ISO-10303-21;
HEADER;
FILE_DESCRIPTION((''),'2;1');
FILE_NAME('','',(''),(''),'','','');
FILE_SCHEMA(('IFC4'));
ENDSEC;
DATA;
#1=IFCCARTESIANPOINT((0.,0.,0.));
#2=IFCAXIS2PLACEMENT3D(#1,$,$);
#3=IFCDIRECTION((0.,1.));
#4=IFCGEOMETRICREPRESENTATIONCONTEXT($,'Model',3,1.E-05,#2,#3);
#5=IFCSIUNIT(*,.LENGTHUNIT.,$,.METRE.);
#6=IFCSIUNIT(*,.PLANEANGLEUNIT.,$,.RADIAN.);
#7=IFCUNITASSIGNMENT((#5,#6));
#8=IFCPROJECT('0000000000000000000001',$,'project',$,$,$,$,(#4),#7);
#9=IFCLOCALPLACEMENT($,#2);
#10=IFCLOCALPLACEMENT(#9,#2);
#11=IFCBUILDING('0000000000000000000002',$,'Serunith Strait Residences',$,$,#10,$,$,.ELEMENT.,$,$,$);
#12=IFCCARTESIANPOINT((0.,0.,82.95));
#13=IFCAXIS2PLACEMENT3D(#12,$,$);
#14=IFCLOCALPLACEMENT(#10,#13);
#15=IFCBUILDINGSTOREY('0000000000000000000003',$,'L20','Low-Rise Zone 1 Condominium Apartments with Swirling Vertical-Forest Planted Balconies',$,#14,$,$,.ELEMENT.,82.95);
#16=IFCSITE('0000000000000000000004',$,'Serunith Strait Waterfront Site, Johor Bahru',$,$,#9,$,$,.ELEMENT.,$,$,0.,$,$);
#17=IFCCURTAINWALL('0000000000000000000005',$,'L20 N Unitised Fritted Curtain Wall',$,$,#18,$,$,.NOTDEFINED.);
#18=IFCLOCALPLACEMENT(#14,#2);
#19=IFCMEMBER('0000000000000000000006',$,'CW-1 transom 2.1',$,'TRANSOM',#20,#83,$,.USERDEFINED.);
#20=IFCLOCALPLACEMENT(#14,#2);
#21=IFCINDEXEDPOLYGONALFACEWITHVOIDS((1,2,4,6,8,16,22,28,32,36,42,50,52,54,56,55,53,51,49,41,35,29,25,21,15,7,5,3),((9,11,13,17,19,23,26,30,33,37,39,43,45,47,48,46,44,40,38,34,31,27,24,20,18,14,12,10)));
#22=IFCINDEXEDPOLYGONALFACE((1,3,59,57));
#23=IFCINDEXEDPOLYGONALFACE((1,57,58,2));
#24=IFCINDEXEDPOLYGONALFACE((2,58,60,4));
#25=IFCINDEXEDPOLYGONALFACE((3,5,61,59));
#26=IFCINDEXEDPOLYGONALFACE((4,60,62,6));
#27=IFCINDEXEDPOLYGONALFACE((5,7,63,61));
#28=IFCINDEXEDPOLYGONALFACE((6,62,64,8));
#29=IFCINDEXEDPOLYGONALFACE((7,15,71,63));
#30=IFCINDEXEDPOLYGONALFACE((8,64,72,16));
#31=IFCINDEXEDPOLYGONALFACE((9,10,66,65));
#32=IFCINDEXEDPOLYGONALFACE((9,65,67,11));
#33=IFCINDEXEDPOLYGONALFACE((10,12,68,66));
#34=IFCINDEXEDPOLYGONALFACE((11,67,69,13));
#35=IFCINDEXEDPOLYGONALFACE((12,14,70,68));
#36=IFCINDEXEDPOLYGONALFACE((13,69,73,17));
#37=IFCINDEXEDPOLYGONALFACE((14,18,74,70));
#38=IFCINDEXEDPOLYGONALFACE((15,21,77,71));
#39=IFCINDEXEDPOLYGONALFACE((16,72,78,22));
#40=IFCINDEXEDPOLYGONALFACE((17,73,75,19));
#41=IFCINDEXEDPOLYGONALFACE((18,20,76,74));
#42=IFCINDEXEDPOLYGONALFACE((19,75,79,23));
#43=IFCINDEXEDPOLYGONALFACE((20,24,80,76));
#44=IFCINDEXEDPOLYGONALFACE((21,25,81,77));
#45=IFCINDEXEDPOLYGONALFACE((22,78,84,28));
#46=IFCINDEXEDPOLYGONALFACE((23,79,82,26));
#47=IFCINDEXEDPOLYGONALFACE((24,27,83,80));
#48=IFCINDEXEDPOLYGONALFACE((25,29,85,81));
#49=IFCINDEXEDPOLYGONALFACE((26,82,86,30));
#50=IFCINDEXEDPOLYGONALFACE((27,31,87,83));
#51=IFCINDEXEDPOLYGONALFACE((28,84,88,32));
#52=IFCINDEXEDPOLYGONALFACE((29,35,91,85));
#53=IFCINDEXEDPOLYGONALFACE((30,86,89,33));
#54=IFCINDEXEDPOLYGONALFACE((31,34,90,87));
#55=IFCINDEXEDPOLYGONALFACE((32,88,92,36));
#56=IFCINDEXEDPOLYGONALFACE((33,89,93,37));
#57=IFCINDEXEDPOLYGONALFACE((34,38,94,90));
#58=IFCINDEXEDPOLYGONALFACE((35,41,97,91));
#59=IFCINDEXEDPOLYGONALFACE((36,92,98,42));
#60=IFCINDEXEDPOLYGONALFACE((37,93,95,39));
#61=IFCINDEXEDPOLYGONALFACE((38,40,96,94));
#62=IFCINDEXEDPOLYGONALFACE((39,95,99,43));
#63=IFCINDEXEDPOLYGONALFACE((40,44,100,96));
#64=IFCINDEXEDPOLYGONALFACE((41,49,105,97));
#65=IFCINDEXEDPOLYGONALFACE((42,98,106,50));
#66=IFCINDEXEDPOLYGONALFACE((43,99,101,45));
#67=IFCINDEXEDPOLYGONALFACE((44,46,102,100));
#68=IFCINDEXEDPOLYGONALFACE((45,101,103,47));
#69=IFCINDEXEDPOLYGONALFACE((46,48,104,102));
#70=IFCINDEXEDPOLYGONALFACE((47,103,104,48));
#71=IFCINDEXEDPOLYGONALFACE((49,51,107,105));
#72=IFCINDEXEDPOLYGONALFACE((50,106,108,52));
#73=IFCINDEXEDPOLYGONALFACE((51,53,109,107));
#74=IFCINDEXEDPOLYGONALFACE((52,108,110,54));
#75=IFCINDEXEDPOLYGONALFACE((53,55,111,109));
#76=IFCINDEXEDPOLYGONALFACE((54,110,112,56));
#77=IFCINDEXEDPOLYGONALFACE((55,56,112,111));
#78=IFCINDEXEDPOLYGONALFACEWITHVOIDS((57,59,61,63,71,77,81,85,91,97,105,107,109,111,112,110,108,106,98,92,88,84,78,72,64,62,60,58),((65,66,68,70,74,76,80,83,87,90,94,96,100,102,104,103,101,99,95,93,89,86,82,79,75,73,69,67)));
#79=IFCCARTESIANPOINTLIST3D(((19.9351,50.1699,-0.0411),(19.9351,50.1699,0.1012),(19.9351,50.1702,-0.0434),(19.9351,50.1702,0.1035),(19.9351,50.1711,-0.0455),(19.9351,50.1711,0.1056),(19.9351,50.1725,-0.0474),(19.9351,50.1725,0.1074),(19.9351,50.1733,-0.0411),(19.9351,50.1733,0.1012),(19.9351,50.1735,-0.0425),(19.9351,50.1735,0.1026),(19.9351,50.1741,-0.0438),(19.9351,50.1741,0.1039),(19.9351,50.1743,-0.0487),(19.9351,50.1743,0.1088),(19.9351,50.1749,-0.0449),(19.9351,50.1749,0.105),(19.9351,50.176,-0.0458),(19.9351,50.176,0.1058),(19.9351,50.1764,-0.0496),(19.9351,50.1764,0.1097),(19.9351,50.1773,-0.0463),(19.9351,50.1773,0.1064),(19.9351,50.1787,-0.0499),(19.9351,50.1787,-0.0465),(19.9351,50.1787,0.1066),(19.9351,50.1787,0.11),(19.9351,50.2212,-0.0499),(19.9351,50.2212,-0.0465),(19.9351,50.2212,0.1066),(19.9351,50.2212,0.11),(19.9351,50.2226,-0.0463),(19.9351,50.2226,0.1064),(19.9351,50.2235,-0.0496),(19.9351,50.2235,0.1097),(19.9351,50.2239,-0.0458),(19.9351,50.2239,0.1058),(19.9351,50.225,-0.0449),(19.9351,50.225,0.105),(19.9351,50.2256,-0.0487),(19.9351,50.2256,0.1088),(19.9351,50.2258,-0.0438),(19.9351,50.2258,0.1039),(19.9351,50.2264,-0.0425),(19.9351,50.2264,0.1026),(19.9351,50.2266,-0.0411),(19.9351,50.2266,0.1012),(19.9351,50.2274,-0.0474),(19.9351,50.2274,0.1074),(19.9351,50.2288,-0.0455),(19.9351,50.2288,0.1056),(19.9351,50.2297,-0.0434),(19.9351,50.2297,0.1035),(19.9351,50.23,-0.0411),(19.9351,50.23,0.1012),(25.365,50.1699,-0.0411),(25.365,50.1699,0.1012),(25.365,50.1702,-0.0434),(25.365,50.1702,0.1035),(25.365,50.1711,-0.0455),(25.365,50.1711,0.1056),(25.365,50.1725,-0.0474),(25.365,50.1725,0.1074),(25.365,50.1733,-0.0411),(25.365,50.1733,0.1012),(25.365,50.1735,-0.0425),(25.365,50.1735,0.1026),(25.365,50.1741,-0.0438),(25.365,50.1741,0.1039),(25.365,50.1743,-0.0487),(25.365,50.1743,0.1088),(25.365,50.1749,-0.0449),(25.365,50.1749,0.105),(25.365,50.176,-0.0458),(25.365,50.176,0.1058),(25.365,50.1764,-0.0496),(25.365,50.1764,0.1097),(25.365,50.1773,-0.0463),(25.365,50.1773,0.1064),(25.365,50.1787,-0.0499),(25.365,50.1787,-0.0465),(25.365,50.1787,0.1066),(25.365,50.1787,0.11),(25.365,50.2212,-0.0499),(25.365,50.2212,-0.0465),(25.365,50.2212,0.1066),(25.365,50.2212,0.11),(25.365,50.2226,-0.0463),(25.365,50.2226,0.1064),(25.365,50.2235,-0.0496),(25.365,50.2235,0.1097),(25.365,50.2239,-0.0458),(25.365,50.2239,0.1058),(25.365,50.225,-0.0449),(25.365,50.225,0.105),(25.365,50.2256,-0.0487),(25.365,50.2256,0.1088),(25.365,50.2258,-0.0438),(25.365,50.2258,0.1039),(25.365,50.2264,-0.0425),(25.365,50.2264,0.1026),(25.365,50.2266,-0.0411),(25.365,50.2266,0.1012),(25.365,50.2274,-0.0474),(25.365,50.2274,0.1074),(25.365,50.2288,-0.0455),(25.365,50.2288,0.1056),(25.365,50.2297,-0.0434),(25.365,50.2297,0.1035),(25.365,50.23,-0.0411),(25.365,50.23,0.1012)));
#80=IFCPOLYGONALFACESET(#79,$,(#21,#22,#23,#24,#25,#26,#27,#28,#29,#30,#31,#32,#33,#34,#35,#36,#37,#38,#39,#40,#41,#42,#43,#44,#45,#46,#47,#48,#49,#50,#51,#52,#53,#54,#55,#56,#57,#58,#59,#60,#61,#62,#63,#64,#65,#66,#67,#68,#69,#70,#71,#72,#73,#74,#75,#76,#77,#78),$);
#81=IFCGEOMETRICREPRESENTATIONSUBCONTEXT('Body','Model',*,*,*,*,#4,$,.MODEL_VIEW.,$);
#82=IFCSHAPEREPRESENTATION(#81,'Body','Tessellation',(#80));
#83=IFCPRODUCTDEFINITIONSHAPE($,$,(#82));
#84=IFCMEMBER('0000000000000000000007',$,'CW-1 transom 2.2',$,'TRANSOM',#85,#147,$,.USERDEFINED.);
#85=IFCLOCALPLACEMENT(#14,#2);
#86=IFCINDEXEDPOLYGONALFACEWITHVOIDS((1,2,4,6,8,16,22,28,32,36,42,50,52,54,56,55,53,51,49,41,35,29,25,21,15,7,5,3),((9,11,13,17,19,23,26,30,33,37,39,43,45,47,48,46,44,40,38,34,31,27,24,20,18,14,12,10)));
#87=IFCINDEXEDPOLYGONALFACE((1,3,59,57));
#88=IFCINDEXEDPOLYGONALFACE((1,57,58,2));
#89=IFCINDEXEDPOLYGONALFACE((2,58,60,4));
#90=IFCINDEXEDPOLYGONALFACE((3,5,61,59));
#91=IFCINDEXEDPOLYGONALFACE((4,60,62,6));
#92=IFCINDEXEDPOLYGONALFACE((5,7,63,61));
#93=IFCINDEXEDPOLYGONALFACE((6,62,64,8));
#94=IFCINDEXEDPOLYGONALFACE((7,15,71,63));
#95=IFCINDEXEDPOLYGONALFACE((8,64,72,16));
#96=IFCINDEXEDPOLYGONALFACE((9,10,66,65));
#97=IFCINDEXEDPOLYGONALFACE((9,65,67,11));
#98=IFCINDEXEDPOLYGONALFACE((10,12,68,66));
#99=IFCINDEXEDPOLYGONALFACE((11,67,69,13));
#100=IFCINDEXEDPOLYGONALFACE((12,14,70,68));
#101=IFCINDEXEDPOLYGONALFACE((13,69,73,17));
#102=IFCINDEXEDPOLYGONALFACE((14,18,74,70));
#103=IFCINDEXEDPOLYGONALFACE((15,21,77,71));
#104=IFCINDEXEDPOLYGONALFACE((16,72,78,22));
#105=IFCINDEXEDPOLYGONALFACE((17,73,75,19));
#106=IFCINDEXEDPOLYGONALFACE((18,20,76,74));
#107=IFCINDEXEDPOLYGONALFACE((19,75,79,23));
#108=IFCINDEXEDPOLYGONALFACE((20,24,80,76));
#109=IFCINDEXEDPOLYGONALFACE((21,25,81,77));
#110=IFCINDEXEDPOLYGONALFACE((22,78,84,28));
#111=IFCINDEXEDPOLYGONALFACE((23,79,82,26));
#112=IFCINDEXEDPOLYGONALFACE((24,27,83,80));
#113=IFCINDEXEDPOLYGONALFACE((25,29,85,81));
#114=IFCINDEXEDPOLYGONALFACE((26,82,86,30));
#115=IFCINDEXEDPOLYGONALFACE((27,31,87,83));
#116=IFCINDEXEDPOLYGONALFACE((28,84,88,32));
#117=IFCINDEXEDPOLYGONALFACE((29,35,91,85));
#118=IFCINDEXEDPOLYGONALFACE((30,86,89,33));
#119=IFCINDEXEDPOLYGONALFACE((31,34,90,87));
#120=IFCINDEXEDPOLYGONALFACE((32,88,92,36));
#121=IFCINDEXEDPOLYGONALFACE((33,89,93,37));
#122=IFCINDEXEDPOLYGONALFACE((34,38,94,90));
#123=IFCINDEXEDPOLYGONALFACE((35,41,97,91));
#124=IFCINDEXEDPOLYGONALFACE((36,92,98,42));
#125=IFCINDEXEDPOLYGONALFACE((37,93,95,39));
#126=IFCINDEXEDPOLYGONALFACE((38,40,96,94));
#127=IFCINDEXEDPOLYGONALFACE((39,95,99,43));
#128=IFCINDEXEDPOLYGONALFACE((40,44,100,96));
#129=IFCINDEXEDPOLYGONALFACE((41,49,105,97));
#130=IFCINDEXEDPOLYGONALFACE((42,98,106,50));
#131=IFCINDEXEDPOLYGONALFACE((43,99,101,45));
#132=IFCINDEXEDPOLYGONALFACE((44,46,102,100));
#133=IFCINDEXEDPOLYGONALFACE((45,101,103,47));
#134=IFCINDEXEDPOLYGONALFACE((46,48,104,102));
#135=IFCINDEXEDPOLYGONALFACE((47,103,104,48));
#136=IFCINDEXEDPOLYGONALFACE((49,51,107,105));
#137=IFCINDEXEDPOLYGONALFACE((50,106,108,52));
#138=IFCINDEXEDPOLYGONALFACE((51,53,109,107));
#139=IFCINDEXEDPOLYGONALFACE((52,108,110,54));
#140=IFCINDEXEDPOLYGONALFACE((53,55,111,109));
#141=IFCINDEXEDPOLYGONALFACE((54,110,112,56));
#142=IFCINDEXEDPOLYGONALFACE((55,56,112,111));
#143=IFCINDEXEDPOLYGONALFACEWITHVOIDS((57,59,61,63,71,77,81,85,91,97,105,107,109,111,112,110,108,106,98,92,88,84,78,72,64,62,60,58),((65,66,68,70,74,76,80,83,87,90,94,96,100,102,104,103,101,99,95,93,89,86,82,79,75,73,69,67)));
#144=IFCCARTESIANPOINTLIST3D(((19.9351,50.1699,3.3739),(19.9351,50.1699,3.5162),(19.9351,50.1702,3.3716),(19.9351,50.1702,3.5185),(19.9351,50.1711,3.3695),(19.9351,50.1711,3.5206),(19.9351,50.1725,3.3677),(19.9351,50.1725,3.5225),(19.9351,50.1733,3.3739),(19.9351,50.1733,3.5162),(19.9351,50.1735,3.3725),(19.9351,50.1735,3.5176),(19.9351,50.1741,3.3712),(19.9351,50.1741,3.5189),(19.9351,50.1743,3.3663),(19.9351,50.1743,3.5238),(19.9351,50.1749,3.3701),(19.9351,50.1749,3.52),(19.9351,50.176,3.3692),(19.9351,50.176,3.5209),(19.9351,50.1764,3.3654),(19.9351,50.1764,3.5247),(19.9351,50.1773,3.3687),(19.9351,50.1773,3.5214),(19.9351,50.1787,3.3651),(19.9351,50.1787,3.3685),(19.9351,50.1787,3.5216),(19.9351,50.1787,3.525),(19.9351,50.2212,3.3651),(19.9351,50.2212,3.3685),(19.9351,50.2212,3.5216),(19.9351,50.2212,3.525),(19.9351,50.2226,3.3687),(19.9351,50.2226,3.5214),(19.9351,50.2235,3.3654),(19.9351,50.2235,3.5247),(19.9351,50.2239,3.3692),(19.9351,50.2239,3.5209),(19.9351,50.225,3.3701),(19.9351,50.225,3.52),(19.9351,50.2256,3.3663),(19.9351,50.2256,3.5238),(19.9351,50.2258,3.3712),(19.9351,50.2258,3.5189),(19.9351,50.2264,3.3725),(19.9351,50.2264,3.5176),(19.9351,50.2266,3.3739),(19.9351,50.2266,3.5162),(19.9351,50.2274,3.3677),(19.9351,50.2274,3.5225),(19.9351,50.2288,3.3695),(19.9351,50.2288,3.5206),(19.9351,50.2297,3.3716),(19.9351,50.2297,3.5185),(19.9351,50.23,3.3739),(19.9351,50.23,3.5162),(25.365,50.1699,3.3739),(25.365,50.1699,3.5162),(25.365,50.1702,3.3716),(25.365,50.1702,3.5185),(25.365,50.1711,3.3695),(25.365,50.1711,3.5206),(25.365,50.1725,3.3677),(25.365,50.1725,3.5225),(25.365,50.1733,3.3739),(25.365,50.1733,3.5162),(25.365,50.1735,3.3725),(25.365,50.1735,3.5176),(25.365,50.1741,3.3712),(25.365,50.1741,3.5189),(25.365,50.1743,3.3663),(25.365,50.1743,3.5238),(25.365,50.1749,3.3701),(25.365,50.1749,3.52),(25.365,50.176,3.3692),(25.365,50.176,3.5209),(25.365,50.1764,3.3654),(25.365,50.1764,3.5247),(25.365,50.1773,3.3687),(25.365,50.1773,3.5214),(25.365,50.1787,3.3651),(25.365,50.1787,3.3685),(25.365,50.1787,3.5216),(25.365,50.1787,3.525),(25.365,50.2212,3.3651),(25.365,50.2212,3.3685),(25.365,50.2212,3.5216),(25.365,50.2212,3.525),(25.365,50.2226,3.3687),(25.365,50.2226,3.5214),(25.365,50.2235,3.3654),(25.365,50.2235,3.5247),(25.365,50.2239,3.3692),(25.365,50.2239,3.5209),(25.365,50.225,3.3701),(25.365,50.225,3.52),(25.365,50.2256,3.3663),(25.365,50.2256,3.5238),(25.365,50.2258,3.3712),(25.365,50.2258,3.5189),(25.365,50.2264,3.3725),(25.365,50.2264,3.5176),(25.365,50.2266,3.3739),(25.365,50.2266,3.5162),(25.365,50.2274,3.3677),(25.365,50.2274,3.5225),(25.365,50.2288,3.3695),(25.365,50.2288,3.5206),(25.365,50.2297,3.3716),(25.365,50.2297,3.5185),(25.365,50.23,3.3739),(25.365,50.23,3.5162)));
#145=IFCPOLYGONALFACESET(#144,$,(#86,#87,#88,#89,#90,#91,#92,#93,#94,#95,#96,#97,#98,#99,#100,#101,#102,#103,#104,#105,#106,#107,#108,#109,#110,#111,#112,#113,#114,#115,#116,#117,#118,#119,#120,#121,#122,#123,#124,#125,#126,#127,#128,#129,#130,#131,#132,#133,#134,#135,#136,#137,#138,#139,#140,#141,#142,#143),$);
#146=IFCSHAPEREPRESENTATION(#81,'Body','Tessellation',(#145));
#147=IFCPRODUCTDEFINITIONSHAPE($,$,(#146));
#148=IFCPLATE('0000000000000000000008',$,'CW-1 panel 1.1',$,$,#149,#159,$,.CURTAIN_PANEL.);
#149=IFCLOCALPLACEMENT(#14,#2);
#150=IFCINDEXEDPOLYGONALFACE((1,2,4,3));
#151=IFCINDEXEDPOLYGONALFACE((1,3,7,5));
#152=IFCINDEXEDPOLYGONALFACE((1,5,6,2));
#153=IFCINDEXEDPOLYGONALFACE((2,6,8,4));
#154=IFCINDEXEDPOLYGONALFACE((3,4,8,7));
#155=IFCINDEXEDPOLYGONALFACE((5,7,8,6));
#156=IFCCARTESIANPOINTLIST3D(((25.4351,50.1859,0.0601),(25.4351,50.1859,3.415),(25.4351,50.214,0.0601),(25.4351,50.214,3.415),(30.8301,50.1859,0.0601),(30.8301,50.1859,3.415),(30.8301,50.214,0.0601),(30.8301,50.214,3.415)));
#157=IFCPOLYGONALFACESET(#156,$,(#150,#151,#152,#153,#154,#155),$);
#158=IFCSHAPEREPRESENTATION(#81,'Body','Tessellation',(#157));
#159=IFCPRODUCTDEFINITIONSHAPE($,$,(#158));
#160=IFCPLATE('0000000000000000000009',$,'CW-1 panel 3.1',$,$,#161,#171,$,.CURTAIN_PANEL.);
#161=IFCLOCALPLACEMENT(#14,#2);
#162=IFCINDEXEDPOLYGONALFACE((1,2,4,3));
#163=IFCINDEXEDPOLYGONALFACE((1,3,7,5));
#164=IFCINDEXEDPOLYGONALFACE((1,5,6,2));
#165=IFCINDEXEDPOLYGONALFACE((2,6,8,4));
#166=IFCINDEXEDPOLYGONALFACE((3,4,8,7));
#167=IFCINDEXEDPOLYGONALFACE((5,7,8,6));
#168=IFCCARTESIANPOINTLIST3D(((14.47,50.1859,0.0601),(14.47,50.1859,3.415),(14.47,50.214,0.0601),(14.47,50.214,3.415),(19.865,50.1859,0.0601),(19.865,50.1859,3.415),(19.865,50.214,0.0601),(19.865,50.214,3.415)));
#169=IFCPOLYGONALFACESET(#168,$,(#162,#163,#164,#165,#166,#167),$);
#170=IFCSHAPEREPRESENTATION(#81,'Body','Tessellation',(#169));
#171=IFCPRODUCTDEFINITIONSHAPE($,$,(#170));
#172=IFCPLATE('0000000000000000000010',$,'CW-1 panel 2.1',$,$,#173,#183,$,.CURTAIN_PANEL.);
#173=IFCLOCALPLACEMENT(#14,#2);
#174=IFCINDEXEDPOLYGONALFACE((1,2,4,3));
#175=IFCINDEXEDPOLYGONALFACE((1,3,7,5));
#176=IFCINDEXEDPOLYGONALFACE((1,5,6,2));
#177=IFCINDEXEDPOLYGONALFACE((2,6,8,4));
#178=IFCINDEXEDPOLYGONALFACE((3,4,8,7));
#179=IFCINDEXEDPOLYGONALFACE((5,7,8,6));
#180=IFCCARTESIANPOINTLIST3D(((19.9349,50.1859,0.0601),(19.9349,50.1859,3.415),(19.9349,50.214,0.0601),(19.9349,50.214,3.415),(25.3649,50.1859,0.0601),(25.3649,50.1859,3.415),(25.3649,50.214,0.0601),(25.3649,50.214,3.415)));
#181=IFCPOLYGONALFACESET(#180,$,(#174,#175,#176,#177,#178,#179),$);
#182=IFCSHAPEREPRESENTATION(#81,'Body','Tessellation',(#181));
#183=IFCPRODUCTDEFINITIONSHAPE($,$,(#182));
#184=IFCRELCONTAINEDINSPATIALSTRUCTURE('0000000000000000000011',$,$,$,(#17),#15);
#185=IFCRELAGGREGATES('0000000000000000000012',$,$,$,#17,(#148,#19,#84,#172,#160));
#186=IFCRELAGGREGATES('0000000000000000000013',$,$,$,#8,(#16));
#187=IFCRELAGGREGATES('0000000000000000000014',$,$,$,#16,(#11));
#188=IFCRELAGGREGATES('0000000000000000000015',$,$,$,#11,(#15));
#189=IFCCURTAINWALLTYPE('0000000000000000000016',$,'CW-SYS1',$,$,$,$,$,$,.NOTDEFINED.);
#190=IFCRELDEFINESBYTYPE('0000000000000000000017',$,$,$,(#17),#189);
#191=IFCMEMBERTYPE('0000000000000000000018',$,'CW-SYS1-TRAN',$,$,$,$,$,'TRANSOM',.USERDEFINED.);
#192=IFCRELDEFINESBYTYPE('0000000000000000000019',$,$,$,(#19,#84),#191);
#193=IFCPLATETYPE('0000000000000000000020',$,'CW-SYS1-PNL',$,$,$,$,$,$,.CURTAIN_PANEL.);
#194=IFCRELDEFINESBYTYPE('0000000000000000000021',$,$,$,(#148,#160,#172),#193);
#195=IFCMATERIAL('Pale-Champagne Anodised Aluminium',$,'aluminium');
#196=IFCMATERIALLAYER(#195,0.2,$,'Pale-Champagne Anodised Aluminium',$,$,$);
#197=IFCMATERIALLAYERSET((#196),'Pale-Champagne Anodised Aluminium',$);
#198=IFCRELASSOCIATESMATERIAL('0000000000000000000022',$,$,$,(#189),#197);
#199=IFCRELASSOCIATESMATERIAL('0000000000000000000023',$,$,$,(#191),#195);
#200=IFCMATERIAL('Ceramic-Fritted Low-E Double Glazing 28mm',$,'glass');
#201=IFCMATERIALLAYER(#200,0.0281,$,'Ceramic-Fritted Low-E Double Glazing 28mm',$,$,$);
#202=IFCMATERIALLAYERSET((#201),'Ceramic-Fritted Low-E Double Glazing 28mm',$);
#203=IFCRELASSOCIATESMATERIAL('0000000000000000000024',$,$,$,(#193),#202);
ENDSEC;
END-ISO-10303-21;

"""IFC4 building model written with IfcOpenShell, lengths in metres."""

from ifc_helpers import new_model, si_unit, direction, frame, origin, origin_2d, place, context, subcontext, project, spatial, rectangle, hollow_rectangle, extrude, source, transform, mapped, material, layer, layer_set, material_profile, profile_set, type_object, element, aggregate, save


model = new_model("IFC4")

# Units and contexts
model_context = context("Model", 3, precision=1e-05, world=origin(), true_north=direction((0.0, 1.0)))
body_context = subcontext(model_context, "Body", "Model", "MODEL_VIEW")
ifc_project = project(units=[si_unit("LENGTHUNIT", "METRE"), si_unit("PLANEANGLEUNIT", "RADIAN")], contexts=[model_context])

# Site, building, storey
site_placement = place(None, origin())
site = spatial("IfcSite", under=ifc_project, at=site_placement, Name="Serunith Strait Waterfront Site, Johor Bahru", CompositionType="ELEMENT", RefElevation=0.0)
building_placement = place(site_placement, origin())
building = spatial("IfcBuilding", under=site, at=building_placement, Name="Serunith Strait Residences", CompositionType="ELEMENT")
storey_placement = place(building_placement, frame((0.0, 0.0, 82.95)))
storey = spatial("IfcBuildingStorey", under=building, at=storey_placement, Name="L20", Description="Low-Rise Zone 1 Condominium Apartments with Swirling Vertical-Forest Planted Balconies", CompositionType="ELEMENT", Elevation=82.95)

# Curtain wall, members, plates
ifc_material_1 = material(Name="Pale-Champagne Anodised Aluminium", Category="aluminium")
ifc_layer_1 = layer(ifc_material_1, 0.2, Name="Pale-Champagne Anodised Aluminium")
ifc_layer_set_1 = layer_set([ifc_layer_1], Name="Pale-Champagne Anodised Aluminium")
curtain_wall_type = type_object("IfcCurtainWallType", Name="CW-SYS1", PredefinedType="NOTDEFINED", material=ifc_layer_set_1)
curtain_wall_placement = place(storey_placement, origin())
curtain_wall = element("IfcCurtainWall", 1, at=curtain_wall_placement, inside=storey, type_object=curtain_wall_type, Name="L20 N Unitised Fritted Curtain Wall", PredefinedType="NOTDEFINED")
ifc_material_profile_1 = material_profile(ifc_material_1, hollow_rectangle(XDim=0.0601, YDim=0.1599, WallThickness=0.0034, InnerFilletRadius=0.0054, OuterFilletRadius=0.0088, at=origin_2d()), Name="ALU 160x60x3.5")
ifc_profile_set_1 = profile_set([ifc_material_profile_1], Name="Pale-Champagne Anodised Aluminium")
member_type_1 = type_object("IfcMemberType", Name="CW-SYS1-TRAN", ElementType="TRANSOM", PredefinedType="USERDEFINED", material=ifc_profile_set_1)
shared_shape_1 = source(origin(), body_context, "Body", "SweptSolid", [
    extrude(hollow_rectangle(XDim=0.0601, YDim=0.1599, WallThickness=0.0034, InnerFilletRadius=0.0054, OuterFilletRadius=0.0088, at=origin_2d()), origin(), (0.0, 0.0, 1.0), 5.4299),
])
member_1_placement = place(storey_placement, frame((25.365, 50.2, 0.03), z_axis=(-1.0, 0.0, 0.0), x_axis=(0.0, -1.0, 0.0)))
member_1 = element("IfcMember", 2, at=member_1_placement, type_object=member_type_1, Name="CW-1 transom 2.1", ObjectType="TRANSOM", PredefinedType="USERDEFINED", context=body_context, shape_type="MappedRepresentation", body=[
    mapped(shared_shape_1, transform((0.0, 0.0, 0.0), scale=1.0)),
])
member_2_placement = place(storey_placement, frame((25.365, 50.2, 3.4451), z_axis=(-1.0, 0.0, 0.0), x_axis=(0.0, -1.0, 0.0)))
member_2 = element("IfcMember", 3, at=member_2_placement, type_object=member_type_1, Name="CW-1 transom 2.2", ObjectType="TRANSOM", PredefinedType="USERDEFINED", context=body_context, shape_type="MappedRepresentation", body=[
    mapped(shared_shape_1, transform((0.0, 0.0, 0.0), scale=1.0)),
])
ifc_material_2 = material(Name="Ceramic-Fritted Low-E Double Glazing 28mm", Category="glass")
ifc_layer_2 = layer(ifc_material_2, 0.0281, Name="Ceramic-Fritted Low-E Double Glazing 28mm")
ifc_layer_set_2 = layer_set([ifc_layer_2], Name="Ceramic-Fritted Low-E Double Glazing 28mm")
plate_type = type_object("IfcPlateType", Name="CW-SYS1-PNL", PredefinedType="CURTAIN_PANEL", material=ifc_layer_set_2)
shared_shape_2 = source(origin(), body_context, "Body", "SweptSolid", [
    extrude(rectangle(XDim=5.395, YDim=0.0281, at=origin_2d()), origin(), (0.0, 0.0, 1.0), 3.355),
])
plate_1_placement = place(storey_placement, frame((28.1326, 50.2, 0.0601), z_axis=(0.0, 0.0, 1.0), x_axis=(-1.0, 0.0, 0.0)))
plate_1 = element("IfcPlate", 4, at=plate_1_placement, type_object=plate_type, Name="CW-1 panel 1.1", PredefinedType="CURTAIN_PANEL", context=body_context, shape_type="MappedRepresentation", body=[
    mapped(shared_shape_2, transform((0.0, 0.0, 0.0), scale=1.0)),
])
plate_2_placement = place(storey_placement, frame((17.1675, 50.2, 0.0601), z_axis=(0.0, 0.0, 1.0), x_axis=(-1.0, 0.0, 0.0)))
plate_2 = element("IfcPlate", 5, at=plate_2_placement, type_object=plate_type, Name="CW-1 panel 3.1", PredefinedType="CURTAIN_PANEL", context=body_context, shape_type="MappedRepresentation", body=[
    mapped(shared_shape_2, transform((0.0, 0.0, 0.0), scale=1.0)),
])
shared_shape_3 = source(origin(), body_context, "Body", "SweptSolid", [
    extrude(rectangle(XDim=5.4299, YDim=0.0281, at=origin_2d()), origin(), (0.0, 0.0, 1.0), 3.355),
])
plate_3_placement = place(storey_placement, frame((22.6499, 50.2, 0.0601), z_axis=(0.0, 0.0, 1.0), x_axis=(-1.0, 0.0, 0.0)))
plate_3 = element("IfcPlate", 6, at=plate_3_placement, type_object=plate_type, Name="CW-1 panel 2.1", PredefinedType="CURTAIN_PANEL", context=body_context, shape_type="MappedRepresentation", body=[
    mapped(shared_shape_3, transform((0.0, 0.0, 0.0), scale=1.0)),
])
aggregate(curtain_wall, [plate_1, member_1, member_2, plate_3, plate_2])

save(model, "model.ifc")
